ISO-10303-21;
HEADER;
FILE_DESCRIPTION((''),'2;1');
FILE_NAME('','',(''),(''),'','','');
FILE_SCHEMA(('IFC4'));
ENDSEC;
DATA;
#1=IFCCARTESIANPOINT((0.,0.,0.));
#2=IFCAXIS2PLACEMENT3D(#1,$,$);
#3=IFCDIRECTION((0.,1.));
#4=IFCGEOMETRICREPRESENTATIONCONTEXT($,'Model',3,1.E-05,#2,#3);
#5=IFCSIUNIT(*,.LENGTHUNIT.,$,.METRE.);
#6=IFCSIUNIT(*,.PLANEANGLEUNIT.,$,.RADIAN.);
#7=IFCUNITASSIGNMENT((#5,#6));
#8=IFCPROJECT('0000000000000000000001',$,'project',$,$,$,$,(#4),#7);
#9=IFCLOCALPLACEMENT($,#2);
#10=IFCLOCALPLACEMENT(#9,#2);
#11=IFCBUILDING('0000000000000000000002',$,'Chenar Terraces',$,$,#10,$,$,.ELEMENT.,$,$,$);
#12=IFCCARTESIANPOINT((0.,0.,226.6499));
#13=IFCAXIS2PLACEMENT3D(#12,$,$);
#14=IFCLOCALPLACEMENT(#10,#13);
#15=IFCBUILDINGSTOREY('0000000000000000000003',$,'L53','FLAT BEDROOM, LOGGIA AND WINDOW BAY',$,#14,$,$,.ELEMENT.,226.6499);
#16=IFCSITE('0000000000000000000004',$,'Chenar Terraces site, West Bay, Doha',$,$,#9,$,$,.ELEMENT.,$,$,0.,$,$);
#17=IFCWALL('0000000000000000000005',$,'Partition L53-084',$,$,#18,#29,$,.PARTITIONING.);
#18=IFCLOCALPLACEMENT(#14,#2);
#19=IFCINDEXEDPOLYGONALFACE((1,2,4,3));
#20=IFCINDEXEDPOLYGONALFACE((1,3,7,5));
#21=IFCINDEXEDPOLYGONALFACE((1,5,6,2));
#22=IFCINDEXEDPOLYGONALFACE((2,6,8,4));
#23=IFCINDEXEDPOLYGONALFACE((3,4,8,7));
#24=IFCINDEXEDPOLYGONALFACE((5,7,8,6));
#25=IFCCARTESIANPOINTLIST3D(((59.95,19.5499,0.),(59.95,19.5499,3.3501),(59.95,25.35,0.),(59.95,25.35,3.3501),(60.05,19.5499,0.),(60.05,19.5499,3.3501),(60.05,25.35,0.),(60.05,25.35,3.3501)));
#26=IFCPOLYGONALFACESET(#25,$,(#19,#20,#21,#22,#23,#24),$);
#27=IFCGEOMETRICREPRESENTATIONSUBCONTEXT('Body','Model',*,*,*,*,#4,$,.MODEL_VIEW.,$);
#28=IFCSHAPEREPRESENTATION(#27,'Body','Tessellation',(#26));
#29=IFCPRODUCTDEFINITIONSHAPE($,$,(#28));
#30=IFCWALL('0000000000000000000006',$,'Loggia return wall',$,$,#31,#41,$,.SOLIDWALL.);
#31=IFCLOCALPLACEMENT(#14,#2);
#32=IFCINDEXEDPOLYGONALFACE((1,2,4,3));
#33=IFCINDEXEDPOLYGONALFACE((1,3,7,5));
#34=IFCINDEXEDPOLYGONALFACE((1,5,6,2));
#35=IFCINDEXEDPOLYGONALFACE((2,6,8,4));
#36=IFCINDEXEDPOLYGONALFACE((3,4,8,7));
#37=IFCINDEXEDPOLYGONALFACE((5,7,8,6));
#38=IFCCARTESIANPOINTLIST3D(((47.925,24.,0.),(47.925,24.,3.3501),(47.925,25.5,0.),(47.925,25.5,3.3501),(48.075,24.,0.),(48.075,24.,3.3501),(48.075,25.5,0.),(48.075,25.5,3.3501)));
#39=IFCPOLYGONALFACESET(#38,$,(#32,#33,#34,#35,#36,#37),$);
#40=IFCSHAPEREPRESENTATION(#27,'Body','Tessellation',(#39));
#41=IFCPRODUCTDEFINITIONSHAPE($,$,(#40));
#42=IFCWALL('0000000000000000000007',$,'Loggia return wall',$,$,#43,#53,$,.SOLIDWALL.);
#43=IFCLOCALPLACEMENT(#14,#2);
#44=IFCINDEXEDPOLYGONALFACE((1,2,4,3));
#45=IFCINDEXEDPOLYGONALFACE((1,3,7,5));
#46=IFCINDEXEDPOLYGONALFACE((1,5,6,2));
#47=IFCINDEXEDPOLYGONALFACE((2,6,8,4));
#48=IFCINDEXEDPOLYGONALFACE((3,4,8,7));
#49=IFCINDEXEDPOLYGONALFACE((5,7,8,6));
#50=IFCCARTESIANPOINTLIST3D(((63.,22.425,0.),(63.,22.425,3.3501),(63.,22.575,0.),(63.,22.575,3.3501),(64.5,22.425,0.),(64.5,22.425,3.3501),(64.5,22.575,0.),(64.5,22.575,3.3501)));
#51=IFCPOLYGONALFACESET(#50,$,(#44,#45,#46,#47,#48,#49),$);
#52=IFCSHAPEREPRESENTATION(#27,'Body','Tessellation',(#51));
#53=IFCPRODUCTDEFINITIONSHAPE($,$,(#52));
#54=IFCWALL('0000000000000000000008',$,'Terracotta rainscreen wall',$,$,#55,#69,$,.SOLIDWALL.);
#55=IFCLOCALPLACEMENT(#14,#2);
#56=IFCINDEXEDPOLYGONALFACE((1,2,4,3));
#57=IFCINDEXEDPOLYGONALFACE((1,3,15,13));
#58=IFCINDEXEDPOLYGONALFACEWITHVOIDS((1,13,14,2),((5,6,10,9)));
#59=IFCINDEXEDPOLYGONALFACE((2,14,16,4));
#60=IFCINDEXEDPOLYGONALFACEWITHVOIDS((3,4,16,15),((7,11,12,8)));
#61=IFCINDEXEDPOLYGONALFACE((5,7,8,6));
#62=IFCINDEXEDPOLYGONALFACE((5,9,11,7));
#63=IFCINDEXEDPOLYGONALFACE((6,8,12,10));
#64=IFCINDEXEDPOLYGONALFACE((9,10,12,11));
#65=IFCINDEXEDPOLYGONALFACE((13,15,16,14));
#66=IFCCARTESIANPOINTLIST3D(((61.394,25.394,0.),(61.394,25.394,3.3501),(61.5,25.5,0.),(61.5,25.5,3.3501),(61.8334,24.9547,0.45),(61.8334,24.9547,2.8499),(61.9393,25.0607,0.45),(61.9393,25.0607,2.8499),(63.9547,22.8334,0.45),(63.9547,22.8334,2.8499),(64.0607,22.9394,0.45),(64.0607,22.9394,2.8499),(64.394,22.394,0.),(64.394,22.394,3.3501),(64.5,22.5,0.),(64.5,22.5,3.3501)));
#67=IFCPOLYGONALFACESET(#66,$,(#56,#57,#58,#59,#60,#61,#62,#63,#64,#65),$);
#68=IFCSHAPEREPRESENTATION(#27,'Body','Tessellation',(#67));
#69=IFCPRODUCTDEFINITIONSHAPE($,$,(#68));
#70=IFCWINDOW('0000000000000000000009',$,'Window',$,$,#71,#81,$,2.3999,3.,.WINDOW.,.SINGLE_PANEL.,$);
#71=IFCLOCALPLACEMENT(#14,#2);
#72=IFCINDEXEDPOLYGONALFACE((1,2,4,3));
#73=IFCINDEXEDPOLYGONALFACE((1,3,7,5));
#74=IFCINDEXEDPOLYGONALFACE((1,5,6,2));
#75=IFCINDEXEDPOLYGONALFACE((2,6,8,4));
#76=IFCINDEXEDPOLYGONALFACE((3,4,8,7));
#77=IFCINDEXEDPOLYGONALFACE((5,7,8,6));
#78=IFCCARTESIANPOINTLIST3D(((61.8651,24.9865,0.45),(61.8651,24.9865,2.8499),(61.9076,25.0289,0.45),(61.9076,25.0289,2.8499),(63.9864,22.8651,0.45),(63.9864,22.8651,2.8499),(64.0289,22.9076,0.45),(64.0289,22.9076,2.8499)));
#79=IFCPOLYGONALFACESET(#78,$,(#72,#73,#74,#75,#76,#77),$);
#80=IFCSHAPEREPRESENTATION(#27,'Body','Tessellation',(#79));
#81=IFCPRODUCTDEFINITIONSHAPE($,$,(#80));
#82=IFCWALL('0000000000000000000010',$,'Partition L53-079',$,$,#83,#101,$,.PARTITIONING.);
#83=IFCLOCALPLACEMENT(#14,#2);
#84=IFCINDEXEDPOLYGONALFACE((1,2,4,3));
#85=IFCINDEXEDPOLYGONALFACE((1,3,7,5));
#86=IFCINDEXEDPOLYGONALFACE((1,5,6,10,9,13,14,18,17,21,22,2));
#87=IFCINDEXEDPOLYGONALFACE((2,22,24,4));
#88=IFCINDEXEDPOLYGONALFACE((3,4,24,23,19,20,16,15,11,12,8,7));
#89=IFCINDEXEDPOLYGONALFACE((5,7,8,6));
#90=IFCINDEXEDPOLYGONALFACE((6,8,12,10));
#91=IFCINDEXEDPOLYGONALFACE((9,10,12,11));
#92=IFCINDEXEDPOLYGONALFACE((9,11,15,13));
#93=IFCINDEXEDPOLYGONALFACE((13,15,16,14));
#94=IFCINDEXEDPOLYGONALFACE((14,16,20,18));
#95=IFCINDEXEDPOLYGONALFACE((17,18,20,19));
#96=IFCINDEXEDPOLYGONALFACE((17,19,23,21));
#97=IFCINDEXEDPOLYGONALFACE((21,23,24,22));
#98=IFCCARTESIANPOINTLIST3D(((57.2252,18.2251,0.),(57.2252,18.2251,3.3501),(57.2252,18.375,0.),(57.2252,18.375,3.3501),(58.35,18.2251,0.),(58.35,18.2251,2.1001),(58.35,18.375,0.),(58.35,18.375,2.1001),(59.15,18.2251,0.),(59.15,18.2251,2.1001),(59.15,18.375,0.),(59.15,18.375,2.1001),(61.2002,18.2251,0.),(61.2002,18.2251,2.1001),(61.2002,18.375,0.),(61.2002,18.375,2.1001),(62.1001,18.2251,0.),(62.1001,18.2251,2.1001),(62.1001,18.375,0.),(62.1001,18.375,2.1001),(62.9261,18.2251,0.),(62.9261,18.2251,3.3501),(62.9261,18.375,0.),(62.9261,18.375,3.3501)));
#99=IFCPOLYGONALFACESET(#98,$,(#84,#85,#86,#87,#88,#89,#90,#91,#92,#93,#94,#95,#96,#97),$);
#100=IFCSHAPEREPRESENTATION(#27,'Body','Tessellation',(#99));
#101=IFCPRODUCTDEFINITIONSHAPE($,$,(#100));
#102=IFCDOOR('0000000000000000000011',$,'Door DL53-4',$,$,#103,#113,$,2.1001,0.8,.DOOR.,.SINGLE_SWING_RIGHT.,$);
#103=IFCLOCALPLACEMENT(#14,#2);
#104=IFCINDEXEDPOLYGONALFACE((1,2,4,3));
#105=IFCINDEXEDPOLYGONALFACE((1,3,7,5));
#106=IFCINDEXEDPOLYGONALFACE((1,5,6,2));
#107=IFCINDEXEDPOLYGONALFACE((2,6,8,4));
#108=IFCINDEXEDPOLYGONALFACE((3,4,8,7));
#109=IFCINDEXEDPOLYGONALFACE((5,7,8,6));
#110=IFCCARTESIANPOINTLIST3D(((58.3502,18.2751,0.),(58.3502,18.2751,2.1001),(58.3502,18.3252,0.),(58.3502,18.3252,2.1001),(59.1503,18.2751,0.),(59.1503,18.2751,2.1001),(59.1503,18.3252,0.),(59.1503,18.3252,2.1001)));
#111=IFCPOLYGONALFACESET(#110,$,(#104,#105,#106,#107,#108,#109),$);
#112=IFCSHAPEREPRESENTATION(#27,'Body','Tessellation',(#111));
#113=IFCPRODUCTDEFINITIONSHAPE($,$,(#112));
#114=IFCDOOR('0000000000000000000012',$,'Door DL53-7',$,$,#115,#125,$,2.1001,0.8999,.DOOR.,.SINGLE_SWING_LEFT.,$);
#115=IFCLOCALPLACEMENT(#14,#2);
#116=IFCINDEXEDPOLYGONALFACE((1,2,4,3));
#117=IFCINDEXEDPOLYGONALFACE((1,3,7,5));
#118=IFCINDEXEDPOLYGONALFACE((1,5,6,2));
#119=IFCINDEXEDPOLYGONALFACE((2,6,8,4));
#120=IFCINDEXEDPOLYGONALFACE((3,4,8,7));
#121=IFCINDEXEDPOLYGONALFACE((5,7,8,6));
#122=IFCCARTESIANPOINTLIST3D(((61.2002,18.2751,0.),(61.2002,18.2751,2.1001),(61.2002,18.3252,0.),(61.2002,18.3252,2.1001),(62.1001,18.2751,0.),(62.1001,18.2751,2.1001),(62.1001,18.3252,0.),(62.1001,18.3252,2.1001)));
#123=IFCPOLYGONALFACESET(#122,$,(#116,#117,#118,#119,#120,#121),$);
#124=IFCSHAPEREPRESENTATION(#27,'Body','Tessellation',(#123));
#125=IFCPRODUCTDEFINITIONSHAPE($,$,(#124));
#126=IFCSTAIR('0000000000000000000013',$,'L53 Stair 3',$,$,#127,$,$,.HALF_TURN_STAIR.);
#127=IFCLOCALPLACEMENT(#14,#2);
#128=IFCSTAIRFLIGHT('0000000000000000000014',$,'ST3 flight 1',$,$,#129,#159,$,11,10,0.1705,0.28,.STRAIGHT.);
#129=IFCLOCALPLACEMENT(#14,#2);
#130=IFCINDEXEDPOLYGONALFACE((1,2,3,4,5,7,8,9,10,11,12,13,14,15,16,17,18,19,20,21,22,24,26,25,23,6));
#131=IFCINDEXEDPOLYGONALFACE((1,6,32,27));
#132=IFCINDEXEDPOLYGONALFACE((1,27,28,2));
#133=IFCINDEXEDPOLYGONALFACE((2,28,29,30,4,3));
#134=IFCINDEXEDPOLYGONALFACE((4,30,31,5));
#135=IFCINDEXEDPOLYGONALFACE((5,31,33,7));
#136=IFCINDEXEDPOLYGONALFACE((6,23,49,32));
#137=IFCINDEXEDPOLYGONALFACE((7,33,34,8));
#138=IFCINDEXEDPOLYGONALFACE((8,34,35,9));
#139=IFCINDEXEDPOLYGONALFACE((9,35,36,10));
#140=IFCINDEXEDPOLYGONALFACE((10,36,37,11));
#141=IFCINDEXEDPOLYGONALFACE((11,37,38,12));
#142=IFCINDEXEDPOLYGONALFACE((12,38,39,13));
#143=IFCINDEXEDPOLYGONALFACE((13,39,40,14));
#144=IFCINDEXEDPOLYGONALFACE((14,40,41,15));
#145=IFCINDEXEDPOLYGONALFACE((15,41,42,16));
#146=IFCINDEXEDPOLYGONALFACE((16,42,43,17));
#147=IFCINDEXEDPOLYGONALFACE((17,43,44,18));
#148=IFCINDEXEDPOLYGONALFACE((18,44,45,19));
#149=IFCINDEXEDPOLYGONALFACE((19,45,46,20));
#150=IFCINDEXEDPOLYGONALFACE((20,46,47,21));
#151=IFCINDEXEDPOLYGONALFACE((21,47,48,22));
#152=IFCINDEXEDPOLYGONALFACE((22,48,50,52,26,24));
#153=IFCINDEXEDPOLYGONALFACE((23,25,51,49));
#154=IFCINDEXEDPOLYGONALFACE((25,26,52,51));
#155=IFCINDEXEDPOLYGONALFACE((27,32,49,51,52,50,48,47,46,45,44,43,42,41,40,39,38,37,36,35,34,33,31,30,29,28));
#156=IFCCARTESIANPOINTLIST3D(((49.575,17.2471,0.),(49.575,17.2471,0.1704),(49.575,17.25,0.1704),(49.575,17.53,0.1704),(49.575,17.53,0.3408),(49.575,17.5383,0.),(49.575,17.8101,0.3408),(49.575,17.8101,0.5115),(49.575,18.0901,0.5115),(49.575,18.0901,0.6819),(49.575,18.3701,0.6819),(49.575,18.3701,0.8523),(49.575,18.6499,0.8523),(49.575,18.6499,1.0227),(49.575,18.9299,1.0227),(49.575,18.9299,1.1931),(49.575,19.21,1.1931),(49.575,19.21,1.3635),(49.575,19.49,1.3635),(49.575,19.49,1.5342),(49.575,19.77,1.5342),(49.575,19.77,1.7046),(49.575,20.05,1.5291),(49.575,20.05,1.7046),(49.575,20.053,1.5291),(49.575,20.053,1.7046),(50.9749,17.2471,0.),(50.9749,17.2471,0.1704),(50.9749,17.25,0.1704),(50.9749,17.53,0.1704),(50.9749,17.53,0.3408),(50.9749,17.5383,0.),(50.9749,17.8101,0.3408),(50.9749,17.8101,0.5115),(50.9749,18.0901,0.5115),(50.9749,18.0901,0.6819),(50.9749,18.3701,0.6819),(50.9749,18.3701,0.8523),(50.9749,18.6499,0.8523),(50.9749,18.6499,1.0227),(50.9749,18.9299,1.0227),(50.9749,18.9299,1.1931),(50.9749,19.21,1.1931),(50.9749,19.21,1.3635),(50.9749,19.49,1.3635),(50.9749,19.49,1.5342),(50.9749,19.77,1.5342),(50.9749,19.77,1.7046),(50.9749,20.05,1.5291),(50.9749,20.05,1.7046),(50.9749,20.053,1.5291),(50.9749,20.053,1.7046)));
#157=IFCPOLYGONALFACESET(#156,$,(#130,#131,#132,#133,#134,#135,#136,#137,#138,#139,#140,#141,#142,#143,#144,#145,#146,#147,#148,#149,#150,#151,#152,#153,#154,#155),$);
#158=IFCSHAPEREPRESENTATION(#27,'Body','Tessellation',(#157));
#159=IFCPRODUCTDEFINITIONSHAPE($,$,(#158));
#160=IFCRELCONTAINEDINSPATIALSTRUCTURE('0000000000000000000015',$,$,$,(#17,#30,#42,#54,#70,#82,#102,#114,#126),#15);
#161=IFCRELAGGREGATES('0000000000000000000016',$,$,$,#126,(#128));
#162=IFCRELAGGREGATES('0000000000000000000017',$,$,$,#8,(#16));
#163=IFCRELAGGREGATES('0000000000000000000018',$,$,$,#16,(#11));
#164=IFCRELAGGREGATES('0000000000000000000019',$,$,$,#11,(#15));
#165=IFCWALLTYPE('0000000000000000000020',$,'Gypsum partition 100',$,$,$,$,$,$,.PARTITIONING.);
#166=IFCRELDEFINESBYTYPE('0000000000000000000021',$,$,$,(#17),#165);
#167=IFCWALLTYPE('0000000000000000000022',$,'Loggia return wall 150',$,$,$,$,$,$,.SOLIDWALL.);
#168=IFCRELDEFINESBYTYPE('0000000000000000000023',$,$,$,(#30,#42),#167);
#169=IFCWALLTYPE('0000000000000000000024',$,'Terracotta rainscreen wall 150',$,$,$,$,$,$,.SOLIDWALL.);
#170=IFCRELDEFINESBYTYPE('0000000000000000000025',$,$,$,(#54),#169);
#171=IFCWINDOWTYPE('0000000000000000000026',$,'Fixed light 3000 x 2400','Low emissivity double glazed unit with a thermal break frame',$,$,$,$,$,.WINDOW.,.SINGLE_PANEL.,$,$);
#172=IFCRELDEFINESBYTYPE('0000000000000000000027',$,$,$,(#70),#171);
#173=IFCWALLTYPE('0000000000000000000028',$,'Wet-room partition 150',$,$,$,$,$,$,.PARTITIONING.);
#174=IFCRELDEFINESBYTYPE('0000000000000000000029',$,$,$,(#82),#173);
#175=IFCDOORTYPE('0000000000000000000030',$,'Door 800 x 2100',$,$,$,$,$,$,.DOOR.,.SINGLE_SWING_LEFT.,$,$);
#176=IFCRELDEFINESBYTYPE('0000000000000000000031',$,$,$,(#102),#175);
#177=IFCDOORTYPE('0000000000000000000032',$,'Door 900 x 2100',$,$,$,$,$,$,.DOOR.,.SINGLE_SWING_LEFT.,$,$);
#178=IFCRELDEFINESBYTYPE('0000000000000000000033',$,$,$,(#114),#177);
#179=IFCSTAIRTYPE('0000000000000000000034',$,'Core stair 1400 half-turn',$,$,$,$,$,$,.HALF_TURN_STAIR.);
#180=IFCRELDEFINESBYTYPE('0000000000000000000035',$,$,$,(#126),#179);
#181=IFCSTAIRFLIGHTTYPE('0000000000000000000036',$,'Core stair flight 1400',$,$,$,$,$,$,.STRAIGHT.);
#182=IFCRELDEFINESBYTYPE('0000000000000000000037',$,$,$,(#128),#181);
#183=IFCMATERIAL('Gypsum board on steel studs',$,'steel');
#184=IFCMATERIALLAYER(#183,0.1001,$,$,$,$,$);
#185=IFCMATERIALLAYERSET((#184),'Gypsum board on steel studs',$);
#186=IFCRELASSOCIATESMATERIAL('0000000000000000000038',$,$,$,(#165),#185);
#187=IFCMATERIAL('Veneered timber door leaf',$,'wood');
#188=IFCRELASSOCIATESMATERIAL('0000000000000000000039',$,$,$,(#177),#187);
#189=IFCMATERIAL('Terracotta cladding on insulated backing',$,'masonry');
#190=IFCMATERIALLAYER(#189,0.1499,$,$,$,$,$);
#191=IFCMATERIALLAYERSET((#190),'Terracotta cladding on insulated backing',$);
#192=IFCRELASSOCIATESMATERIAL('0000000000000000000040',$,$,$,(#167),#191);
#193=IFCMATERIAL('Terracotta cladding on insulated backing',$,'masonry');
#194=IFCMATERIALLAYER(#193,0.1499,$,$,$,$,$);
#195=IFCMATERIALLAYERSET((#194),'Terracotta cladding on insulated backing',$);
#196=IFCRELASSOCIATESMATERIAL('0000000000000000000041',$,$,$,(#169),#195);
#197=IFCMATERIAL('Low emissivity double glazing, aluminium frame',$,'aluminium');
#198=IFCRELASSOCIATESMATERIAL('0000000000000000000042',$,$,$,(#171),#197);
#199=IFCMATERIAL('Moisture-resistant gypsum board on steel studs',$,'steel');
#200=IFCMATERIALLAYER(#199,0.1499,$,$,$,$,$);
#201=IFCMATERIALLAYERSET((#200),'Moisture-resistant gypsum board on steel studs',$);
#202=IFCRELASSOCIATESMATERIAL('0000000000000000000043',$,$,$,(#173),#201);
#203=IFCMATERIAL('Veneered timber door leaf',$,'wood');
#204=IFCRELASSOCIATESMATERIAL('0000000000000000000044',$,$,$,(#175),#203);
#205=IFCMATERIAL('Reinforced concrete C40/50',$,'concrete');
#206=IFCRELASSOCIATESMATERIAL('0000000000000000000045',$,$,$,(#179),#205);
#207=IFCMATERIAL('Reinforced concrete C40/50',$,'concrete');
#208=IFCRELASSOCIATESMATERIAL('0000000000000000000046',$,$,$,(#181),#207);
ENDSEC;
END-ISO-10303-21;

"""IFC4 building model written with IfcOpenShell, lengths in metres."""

from ifc_helpers import new_model, si_unit, direction, frame, frame_2d, origin, place, context, subcontext, project, spatial, polyline, rectangle, outline, extrude, material, layer, layer_set, type_object, element, fill, aggregate, save


model = new_model("IFC4")

# Units and contexts
model_context = context("Model", 3, precision=1e-05, world=origin(), true_north=direction((0.0, 1.0)))
body_context = subcontext(model_context, "Body", "Model", "MODEL_VIEW")
ifc_project = project(units=[si_unit("LENGTHUNIT", "METRE"), si_unit("PLANEANGLEUNIT", "RADIAN")], contexts=[model_context])

# Site, building, storey
site_placement = place(None, origin())
site = spatial("IfcSite", under=ifc_project, at=site_placement, Name="Chenar Terraces site, West Bay, Doha", CompositionType="ELEMENT", RefElevation=0.0)
building_placement = place(site_placement, origin())
building = spatial("IfcBuilding", under=site, at=building_placement, Name="Chenar Terraces", CompositionType="ELEMENT")
storey_placement = place(building_placement, frame((0.0, 0.0, 226.6499)))
storey = spatial("IfcBuildingStorey", under=building, at=storey_placement, Name="L53", Description="FLAT BEDROOM, LOGGIA AND WINDOW BAY", CompositionType="ELEMENT", Elevation=226.6499)

# Shared definitions
ifc_material_1 = material(Name="Gypsum board on steel studs", Category="steel")
ifc_layer_1 = layer(ifc_material_1, 0.1001)
ifc_layer_set_1 = layer_set([ifc_layer_1], Name="Gypsum board on steel studs")
wall_type_1 = type_object("IfcWallType", Name="Gypsum partition 100", PredefinedType="PARTITIONING", material=ifc_layer_set_1)
ifc_material_2 = material(Name="Veneered timber door leaf", Category="wood")
door_type_1 = type_object("IfcDoorType", Name="Door 900 x 2100", OperationType="SINGLE_SWING_LEFT", PredefinedType="DOOR", material=ifc_material_2)

# Walls
wall_1_placement = place(storey_placement, frame((60.0, 19.55, 0.0), z_axis=(0.0, 0.0, 1.0), x_axis=(0.0, 1.0, 0.0)))
element("IfcWall", 1, at=wall_1_placement, inside=storey, type_object=wall_type_1, Name="Partition L53-084", PredefinedType="PARTITIONING", context=body_context, shape_type="SweptSolid", body=[
    extrude(rectangle(XDim=5.8, YDim=0.1001, at=frame_2d((2.8999, 0.0))), origin(), (0.0, 0.0, 1.0), 3.3501),
])
ifc_material_3 = material(Name="Terracotta cladding on insulated backing", Category="masonry")
ifc_layer_2 = layer(ifc_material_3, 0.1499)
ifc_layer_set_2 = layer_set([ifc_layer_2], Name="Terracotta cladding on insulated backing")
wall_type_2 = type_object("IfcWallType", Name="Loggia return wall 150", PredefinedType="SOLIDWALL", material=ifc_layer_set_2)
for number, where, z_axis, x_axis, name in (
    (2, (48.0, 25.5, 0.0), (0.0, 0.0, 1.0), (0.0, -1.0, 0.0), "Loggia return wall"),
    (3, (64.5, 22.5, 0.0), (0.0, 0.0, 1.0), (-1.0, 0.0, 0.0), "Loggia return wall"),
):
    element("IfcWall", number, at=place(storey_placement, frame(where, z_axis=z_axis, x_axis=x_axis)), inside=storey, type_object=wall_type_2, Name=name, PredefinedType="SOLIDWALL", context=body_context, shape_type="SweptSolid", body=[
        extrude(rectangle(XDim=1.5, YDim=0.1499, at=frame_2d((0.75, 0.0))), origin(), (0.0, 0.0, 1.0), 3.3501),
    ])

# Wall, opening, window
ifc_material_4 = material(Name="Terracotta cladding on insulated backing", Category="masonry")
ifc_layer_3 = layer(ifc_material_4, 0.1499)
ifc_layer_set_3 = layer_set([ifc_layer_3], Name="Terracotta cladding on insulated backing")
wall_type_3 = type_object("IfcWallType", Name="Terracotta rainscreen wall 150", PredefinedType="SOLIDWALL", material=ifc_layer_set_3)
wall_2_placement = place(storey_placement, frame((64.447, 22.447, 0.0), z_axis=(0.0, 0.0, 1.0), x_axis=(-0.707107, 0.707107, 0.0)))
wall_2 = element("IfcWall", 4, at=wall_2_placement, inside=storey, type_object=wall_type_3, Name="Terracotta rainscreen wall", PredefinedType="SOLIDWALL", context=body_context, shape_type="SweptSolid", body=[
    extrude(rectangle(XDim=4.2427, YDim=0.1499, at=frame_2d((2.1213, 0.0))), origin(), (0.0, 0.0, 1.0), 3.3501),
])
opening_1_placement = place(wall_2_placement, frame((0.6213, 0.0, 0.45)))
opening_1 = element("IfcOpeningElement", 5, at=opening_1_placement, cuts=wall_2, PredefinedType="OPENING", context=body_context, shape_type="SweptSolid", body=[
    extrude(rectangle(XDim=3.0, YDim=2.3999, at=frame_2d((1.5, 1.2))), frame((0.0, 0.085, 0.0), z_axis=(0.0, -1.0, 0.0), x_axis=(1.0, 0.0, 0.0)), (0.0, 0.0, 1.0), 0.1699),
])
ifc_material_5 = material(Name="Low emissivity double glazing, aluminium frame", Category="aluminium")
window_type_1 = type_object("IfcWindowType", Name="Fixed light 3000 x 2400", Description="Low emissivity double glazed unit with a thermal break frame", PartitioningType="SINGLE_PANEL", PredefinedType="WINDOW", material=ifc_material_5)
window_1_placement = place(opening_1_placement, origin())
window_1 = element("IfcWindow", 6, at=window_1_placement, inside=storey, type_object=window_type_1, Name="Window", OverallHeight=2.3999, OverallWidth=3.0, PartitioningType="SINGLE_PANEL", PredefinedType="WINDOW", context=body_context, shape_type="SweptSolid", body=[
    extrude(rectangle(XDim=3.0, YDim=2.3999, at=frame_2d((1.5, 1.2))), frame((0.0, 0.03, 0.0), z_axis=(0.0, -1.0, 0.0), x_axis=(1.0, 0.0, 0.0)), (0.0, 0.0, 1.0), 0.0601),
])
fill(opening_1, window_1)

# Wall, openings, doors
ifc_material_6 = material(Name="Moisture-resistant gypsum board on steel studs", Category="steel")
ifc_layer_4 = layer(ifc_material_6, 0.1499)
ifc_layer_set_4 = layer_set([ifc_layer_4], Name="Moisture-resistant gypsum board on steel studs")
wall_type_4 = type_object("IfcWallType", Name="Wet-room partition 150", PredefinedType="PARTITIONING", material=ifc_layer_set_4)
wall_3_placement = place(storey_placement, frame((57.2251, 18.3, 0.0), z_axis=(0.0, 0.0, 1.0), x_axis=(1.0, 0.0, 0.0)))
wall_3 = element("IfcWall", 7, at=wall_3_placement, inside=storey, type_object=wall_type_4, Name="Partition L53-079", PredefinedType="PARTITIONING", context=body_context, shape_type="SweptSolid", body=[
    extrude(rectangle(XDim=5.7009, YDim=0.1499, at=frame_2d((2.8506, 0.0))), origin(), (0.0, 0.0, 1.0), 3.3501),
])
opening_2_placement = place(wall_3_placement, frame((1.125, 0.0, 0.0)))
opening_2 = element("IfcOpeningElement", 8, at=opening_2_placement, cuts=wall_3, PredefinedType="OPENING", context=body_context, shape_type="SweptSolid", body=[
    extrude(rectangle(XDim=0.8, YDim=2.1001, at=frame_2d((0.3999, 1.05))), frame((0.0, 0.085, 0.0), z_axis=(0.0, -1.0, 0.0), x_axis=(1.0, 0.0, 0.0)), (0.0, 0.0, 1.0), 0.1699),
])
opening_3_placement = place(wall_3_placement, frame((3.9751, 0.0, 0.0)))
opening_3 = element("IfcOpeningElement", 9, at=opening_3_placement, cuts=wall_3, PredefinedType="OPENING", context=body_context, shape_type="SweptSolid", body=[
    extrude(rectangle(XDim=0.8999, YDim=2.1001, at=frame_2d((0.45, 1.05))), frame((0.0, 0.085, 0.0), z_axis=(0.0, -1.0, 0.0), x_axis=(1.0, 0.0, 0.0)), (0.0, 0.0, 1.0), 0.1699),
])
ifc_material_7 = material(Name="Veneered timber door leaf", Category="wood")
door_type_2 = type_object("IfcDoorType", Name="Door 800 x 2100", OperationType="SINGLE_SWING_LEFT", PredefinedType="DOOR", material=ifc_material_7)
door_1_placement = place(opening_2_placement, frame((0.8, 0.0, 0.0), z_axis=(0.0, 0.0, 1.0), x_axis=(-1.0, 0.0, 0.0)))
door_1 = element("IfcDoor", 10, at=door_1_placement, inside=storey, type_object=door_type_2, Name="Door DL53-4", OperationType="SINGLE_SWING_RIGHT", OverallHeight=2.1001, OverallWidth=0.8, PredefinedType="DOOR", context=body_context, shape_type="SweptSolid", body=[
    extrude(rectangle(XDim=0.8, YDim=2.1001, at=frame_2d((0.3999, 1.05))), frame((0.0, 0.0249, 0.0), z_axis=(0.0, -1.0, 0.0), x_axis=(1.0, 0.0, 0.0)), (0.0, 0.0, 1.0), 0.05),
])
fill(opening_2, door_1)
door_2_placement = place(opening_3_placement, frame((0.8999, 0.0, 0.0), z_axis=(0.0, 0.0, 1.0), x_axis=(-1.0, 0.0, 0.0)))
door_2 = element("IfcDoor", 11, at=door_2_placement, inside=storey, type_object=door_type_1, Name="Door DL53-7", OperationType="SINGLE_SWING_LEFT", OverallHeight=2.1001, OverallWidth=0.8999, PredefinedType="DOOR", context=body_context, shape_type="SweptSolid", body=[
    extrude(rectangle(XDim=0.8999, YDim=2.1001, at=frame_2d((0.45, 1.05))), frame((0.0, 0.0249, 0.0), z_axis=(0.0, -1.0, 0.0), x_axis=(1.0, 0.0, 0.0)), (0.0, 0.0, 1.0), 0.05),
])
fill(opening_3, door_2)

# Stair, stair flight
ifc_material_8 = material(Name="Reinforced concrete C40/50", Category="concrete")
stair_type = type_object("IfcStairType", Name="Core stair 1400 half-turn", PredefinedType="HALF_TURN_STAIR", material=ifc_material_8)
stair_placement = place(storey_placement, origin())
stair = element("IfcStair", 12, at=stair_placement, inside=storey, type_object=stair_type, Name="L53 Stair 3", PredefinedType="HALF_TURN_STAIR")
ifc_material_9 = material(Name="Reinforced concrete C40/50", Category="concrete")
stair_flight_type = type_object("IfcStairFlightType", Name="Core stair flight 1400", PredefinedType="STRAIGHT", material=ifc_material_9)
stair_flight_1_placement = place(storey_placement, frame((50.2749, 17.25, 0.0), z_axis=(0.0, 0.0, 1.0), x_axis=(0.0, 1.0, 0.0)))
stair_flight_1 = element("IfcStairFlight", 13, at=stair_flight_1_placement, type_object=stair_flight_type, Name="ST3 flight 1", NumberOfRisers=11, NumberOfTreads=10, PredefinedType="STRAIGHT", RiserHeight=0.1705, TreadLength=0.28, context=body_context, shape_type="SweptSolid", body=[
    extrude(outline(polyline([(-0.0029, 0.0), (-0.0029, 0.1704), (0.0, 0.1704), (0.28, 0.1704), (0.28, 0.3408), (0.5601, 0.3408), (0.5601, 0.5115), (0.8401, 0.5115), (0.8401, 0.6819), (1.1201, 0.6819), (1.1201, 0.8523), (1.3999, 0.8523), (1.3999, 1.0227), (1.6799, 1.0227), (1.6799, 1.1931), (1.96, 1.1931), (1.96, 1.3635), (2.24, 1.3635), (2.24, 1.5342), (2.52, 1.5342), (2.52, 1.7046), (2.8, 1.7046), (2.803, 1.7046), (2.803, 1.5291), (2.8, 1.5291), (0.2883, 0.0), (-0.0029, 0.0)])), frame((0.0, 0.7, 0.0), z_axis=(0.0, -1.0, 0.0), x_axis=(1.0, 0.0, 0.0)), (0.0, 0.0, 1.0), 1.3999),
])
aggregate(stair, [stair_flight_1])

save(model, "model.ifc")
